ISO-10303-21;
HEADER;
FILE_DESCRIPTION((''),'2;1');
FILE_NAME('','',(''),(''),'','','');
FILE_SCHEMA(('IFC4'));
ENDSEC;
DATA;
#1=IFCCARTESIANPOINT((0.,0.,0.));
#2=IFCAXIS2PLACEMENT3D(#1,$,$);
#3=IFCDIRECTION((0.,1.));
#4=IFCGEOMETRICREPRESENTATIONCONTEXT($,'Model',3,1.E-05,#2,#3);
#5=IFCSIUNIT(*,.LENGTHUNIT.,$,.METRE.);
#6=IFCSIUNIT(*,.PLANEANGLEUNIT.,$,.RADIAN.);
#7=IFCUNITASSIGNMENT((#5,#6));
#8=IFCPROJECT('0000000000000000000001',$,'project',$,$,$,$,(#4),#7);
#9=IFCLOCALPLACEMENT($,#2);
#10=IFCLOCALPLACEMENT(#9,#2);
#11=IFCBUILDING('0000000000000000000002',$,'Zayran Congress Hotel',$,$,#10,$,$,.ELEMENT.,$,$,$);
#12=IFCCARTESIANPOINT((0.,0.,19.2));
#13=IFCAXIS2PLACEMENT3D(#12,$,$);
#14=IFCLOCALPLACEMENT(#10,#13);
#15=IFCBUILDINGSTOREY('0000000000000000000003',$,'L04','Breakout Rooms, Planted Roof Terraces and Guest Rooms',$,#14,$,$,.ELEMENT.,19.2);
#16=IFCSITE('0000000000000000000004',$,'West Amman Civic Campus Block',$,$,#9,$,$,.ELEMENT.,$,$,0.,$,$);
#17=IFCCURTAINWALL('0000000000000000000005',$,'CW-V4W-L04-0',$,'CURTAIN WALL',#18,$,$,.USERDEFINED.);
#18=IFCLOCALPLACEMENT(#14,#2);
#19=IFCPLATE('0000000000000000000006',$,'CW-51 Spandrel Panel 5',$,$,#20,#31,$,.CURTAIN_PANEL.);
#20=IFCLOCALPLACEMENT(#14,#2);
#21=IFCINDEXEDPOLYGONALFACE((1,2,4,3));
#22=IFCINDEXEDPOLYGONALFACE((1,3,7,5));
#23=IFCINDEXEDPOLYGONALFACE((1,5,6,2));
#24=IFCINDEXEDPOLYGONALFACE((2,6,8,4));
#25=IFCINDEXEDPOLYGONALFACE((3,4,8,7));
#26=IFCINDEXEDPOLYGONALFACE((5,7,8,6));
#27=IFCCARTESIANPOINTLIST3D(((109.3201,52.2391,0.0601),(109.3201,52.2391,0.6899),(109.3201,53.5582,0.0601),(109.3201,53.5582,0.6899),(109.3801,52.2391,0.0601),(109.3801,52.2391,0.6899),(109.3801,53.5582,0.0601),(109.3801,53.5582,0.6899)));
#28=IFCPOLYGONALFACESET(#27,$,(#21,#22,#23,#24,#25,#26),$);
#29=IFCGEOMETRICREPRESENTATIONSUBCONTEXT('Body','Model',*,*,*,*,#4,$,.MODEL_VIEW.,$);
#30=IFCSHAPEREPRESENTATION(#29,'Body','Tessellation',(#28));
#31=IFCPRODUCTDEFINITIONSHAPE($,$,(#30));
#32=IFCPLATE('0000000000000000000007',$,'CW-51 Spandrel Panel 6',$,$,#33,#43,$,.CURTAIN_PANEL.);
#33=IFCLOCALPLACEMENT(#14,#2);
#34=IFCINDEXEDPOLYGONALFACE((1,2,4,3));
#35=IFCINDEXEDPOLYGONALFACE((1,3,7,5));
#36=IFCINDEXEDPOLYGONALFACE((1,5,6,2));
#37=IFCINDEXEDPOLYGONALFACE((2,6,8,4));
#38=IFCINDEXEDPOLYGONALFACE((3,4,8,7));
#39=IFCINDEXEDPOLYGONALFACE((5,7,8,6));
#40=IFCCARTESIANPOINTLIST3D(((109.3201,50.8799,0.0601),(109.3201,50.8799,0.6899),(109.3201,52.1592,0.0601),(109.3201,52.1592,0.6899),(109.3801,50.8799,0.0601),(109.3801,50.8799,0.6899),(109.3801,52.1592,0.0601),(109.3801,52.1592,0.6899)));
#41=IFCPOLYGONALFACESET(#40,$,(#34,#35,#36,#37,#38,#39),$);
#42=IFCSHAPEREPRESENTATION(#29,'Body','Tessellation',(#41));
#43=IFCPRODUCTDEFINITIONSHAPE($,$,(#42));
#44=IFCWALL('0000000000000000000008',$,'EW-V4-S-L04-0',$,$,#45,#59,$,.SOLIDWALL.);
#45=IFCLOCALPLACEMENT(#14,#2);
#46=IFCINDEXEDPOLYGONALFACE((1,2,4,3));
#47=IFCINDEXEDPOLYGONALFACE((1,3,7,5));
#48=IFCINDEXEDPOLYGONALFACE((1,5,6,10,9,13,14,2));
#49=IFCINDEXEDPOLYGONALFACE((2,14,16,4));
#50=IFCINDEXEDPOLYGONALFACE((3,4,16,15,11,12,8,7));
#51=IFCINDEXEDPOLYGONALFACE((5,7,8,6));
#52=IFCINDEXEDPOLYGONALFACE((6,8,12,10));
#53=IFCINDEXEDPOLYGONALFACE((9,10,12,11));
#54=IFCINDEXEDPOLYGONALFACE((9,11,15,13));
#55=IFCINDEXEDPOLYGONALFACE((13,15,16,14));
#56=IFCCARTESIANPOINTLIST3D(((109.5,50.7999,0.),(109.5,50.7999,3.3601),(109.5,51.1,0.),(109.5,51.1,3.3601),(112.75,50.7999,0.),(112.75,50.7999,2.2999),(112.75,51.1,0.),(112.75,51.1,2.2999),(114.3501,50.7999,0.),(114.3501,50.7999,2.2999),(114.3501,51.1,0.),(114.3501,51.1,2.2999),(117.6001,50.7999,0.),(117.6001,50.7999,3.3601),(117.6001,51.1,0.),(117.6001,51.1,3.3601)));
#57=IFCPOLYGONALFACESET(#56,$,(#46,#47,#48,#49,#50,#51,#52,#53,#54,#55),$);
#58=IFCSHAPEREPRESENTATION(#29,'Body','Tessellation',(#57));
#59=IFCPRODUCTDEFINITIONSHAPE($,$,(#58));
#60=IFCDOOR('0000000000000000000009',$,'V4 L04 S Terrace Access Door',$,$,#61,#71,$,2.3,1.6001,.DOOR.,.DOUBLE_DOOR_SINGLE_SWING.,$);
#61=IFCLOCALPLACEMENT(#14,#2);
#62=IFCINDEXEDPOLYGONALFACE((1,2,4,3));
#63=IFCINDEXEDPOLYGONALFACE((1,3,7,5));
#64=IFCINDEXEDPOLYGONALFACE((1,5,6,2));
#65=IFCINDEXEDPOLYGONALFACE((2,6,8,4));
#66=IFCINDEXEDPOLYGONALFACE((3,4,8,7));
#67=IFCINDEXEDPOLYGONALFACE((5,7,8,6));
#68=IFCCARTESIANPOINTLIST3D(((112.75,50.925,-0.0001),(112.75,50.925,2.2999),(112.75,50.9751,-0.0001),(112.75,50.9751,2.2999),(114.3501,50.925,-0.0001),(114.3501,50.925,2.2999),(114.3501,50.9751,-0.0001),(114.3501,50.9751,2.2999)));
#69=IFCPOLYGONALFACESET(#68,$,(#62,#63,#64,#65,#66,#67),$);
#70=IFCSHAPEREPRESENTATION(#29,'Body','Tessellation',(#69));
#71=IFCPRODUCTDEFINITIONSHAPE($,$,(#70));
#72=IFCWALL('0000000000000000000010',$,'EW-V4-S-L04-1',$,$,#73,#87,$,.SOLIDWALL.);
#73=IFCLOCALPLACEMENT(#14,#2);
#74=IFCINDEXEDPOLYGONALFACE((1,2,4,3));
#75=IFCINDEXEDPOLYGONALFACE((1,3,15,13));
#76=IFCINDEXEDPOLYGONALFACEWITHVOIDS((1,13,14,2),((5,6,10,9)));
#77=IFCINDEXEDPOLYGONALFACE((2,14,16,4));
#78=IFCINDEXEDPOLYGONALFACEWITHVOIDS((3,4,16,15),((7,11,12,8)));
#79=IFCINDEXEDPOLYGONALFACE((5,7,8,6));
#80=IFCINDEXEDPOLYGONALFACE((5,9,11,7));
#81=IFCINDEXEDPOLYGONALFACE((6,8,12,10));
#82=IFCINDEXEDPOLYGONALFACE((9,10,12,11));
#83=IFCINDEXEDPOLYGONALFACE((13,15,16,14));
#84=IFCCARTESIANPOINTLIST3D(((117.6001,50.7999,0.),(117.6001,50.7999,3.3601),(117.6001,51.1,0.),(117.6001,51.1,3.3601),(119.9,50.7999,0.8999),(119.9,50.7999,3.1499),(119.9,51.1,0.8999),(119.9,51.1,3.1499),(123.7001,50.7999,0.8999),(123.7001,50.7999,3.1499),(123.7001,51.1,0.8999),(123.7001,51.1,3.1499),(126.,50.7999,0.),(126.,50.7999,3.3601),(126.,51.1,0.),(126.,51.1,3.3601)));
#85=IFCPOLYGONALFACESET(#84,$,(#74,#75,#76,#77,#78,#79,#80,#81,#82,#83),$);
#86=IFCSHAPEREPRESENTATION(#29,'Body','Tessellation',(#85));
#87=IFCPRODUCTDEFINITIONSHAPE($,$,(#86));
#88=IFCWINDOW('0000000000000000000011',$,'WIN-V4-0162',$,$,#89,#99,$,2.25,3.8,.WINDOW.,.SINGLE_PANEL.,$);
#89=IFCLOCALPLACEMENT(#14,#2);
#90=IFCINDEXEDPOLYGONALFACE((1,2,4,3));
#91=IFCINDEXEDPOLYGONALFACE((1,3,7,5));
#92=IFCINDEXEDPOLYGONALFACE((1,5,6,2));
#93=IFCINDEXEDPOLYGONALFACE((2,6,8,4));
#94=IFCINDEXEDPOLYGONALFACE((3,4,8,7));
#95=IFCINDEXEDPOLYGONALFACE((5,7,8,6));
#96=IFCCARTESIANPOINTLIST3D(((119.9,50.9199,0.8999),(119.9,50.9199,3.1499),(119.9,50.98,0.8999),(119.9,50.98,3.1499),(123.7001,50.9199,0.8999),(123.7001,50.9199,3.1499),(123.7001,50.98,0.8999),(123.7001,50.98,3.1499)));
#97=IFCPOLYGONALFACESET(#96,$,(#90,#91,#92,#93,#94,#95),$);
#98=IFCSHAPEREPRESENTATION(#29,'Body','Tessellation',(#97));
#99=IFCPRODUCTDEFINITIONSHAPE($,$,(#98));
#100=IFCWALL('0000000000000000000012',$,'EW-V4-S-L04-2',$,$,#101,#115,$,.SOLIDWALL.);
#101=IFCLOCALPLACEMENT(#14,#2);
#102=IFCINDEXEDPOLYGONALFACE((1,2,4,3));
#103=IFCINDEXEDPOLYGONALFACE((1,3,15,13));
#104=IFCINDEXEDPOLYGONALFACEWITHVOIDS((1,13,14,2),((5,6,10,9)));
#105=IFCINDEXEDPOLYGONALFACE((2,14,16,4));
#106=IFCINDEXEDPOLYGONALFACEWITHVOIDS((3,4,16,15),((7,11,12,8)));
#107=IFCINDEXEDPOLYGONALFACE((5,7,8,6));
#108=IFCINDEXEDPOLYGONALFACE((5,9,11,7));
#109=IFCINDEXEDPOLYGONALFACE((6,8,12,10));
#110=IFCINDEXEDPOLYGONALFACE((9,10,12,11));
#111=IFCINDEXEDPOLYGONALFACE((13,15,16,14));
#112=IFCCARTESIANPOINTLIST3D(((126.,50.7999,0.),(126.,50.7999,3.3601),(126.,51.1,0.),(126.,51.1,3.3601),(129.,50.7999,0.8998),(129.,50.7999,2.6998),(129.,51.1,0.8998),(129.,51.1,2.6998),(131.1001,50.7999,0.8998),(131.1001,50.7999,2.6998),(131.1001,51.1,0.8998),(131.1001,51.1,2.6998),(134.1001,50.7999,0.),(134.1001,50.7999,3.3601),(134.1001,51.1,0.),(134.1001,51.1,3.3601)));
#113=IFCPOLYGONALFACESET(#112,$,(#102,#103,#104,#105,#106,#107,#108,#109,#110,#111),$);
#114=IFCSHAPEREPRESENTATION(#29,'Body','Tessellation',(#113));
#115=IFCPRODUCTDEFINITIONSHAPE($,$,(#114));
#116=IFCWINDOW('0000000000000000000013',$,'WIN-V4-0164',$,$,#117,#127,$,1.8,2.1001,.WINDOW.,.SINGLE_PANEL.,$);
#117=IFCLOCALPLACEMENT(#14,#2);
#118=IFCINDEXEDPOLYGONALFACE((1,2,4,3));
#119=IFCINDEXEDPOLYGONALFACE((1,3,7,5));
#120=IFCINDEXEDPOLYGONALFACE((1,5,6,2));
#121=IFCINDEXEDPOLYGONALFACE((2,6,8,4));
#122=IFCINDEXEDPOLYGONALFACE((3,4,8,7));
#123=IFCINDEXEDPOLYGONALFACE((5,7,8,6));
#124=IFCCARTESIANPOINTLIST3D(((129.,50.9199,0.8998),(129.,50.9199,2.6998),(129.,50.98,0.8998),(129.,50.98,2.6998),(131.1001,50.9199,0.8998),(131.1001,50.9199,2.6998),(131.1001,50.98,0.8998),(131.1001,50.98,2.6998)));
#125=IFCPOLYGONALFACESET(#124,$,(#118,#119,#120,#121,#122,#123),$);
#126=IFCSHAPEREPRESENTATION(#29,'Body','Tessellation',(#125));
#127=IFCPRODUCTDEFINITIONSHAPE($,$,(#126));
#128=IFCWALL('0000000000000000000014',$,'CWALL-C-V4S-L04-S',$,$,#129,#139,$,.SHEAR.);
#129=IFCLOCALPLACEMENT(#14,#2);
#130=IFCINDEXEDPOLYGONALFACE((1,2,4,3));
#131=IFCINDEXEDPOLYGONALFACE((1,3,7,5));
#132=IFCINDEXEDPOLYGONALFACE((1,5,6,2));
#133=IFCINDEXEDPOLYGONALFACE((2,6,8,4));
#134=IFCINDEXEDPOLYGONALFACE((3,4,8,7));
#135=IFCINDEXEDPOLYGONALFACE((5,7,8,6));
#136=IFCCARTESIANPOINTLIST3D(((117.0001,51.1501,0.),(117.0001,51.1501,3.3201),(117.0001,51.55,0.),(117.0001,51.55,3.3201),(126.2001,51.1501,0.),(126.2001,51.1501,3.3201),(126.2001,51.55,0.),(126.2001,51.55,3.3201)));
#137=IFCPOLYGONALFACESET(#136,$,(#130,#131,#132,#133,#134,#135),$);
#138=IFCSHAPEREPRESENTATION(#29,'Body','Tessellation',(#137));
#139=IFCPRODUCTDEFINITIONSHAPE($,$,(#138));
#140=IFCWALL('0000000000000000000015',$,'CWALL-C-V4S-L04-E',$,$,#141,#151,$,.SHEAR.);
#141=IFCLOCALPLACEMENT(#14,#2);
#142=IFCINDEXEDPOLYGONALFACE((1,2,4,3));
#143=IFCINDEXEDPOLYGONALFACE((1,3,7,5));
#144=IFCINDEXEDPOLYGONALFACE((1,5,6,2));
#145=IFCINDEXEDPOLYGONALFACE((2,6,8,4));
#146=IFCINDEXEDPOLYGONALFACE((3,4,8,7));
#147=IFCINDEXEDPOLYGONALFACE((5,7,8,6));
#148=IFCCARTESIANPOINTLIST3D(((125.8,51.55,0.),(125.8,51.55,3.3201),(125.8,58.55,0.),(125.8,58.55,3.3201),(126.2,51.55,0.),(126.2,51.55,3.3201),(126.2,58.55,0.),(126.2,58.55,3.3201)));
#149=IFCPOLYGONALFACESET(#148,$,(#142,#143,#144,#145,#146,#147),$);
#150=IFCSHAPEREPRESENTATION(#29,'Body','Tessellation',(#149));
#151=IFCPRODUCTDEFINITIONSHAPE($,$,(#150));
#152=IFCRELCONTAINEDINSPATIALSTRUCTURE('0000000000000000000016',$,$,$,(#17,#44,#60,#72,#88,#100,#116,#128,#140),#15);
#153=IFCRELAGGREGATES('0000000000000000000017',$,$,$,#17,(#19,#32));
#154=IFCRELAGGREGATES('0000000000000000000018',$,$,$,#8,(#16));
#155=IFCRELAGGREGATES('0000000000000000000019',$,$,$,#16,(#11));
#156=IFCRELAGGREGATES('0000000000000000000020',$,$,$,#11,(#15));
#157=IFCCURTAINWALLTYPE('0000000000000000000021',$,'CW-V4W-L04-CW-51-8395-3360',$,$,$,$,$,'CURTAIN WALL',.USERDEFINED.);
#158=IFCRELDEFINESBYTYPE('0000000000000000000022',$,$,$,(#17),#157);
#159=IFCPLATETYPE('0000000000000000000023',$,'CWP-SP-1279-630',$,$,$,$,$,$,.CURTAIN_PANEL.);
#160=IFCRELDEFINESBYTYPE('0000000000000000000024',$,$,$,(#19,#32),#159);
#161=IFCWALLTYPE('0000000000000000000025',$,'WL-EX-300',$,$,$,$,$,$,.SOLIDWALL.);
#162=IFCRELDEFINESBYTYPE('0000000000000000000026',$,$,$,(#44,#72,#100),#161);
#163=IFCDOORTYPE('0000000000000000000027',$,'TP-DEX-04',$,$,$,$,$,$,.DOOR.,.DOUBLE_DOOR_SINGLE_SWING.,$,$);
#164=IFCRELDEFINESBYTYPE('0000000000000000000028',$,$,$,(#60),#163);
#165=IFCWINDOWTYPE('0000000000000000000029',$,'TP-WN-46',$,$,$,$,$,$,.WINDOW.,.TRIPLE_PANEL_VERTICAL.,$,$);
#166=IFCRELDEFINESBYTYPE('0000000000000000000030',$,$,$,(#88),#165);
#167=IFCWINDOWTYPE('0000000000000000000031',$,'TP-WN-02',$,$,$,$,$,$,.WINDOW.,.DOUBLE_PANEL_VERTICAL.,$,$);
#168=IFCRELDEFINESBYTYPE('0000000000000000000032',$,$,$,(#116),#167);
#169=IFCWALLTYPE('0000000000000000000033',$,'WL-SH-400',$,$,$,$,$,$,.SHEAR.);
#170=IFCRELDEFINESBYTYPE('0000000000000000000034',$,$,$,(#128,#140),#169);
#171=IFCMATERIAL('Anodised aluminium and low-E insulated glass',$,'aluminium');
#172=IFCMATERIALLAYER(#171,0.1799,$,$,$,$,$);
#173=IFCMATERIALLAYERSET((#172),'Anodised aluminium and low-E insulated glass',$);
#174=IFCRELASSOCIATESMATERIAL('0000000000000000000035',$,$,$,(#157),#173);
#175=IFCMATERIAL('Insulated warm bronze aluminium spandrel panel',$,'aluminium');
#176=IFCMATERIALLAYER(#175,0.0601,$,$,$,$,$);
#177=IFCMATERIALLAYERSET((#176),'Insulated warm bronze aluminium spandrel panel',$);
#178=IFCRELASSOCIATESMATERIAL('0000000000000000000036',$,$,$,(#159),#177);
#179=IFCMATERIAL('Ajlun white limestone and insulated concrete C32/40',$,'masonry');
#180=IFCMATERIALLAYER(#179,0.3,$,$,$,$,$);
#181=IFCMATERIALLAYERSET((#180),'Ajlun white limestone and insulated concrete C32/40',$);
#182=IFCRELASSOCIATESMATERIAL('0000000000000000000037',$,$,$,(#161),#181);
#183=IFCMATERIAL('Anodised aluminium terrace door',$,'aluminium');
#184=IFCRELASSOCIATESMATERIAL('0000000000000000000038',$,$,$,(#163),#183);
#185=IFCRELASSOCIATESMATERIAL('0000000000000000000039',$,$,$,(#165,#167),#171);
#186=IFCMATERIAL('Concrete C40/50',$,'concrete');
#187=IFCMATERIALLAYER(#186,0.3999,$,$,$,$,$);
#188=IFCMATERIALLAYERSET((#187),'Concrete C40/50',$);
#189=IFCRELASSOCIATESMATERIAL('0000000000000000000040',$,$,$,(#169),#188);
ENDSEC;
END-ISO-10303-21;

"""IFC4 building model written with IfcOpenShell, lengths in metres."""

from ifc_helpers import new_model, si_unit, direction, frame, frame_2d, origin, origin_2d, place, context, subcontext, project, spatial, rectangle, extrude, material, layer, layer_set, type_object, element, fill, aggregate, save


model = new_model("IFC4")

# Units and contexts
model_context = context("Model", 3, precision=1e-05, world=origin(), true_north=direction((0.0, 1.0)))
body_context = subcontext(model_context, "Body", "Model", "MODEL_VIEW")
ifc_project = project(units=[si_unit("LENGTHUNIT", "METRE"), si_unit("PLANEANGLEUNIT", "RADIAN")], contexts=[model_context])

# Site, building, storey
site_placement = place(None, origin())
site = spatial("IfcSite", under=ifc_project, at=site_placement, Name="West Amman Civic Campus Block", CompositionType="ELEMENT", RefElevation=0.0)
building_placement = place(site_placement, origin())
building = spatial("IfcBuilding", under=site, at=building_placement, Name="Zayran Congress Hotel", CompositionType="ELEMENT")
storey_placement = place(building_placement, frame((0.0, 0.0, 19.2)))
storey = spatial("IfcBuildingStorey", under=building, at=storey_placement, Name="L04", Description="Breakout Rooms, Planted Roof Terraces and Guest Rooms", CompositionType="ELEMENT", Elevation=19.2)

# Curtain wall, plates
ifc_material_1 = material(Name="Anodised aluminium and low-E insulated glass", Category="aluminium")
ifc_layer_1 = layer(ifc_material_1, 0.1799)
ifc_layer_set_1 = layer_set([ifc_layer_1], Name="Anodised aluminium and low-E insulated glass")
curtain_wall_type = type_object("IfcCurtainWallType", Name="CW-V4W-L04-CW-51-8395-3360", ElementType="CURTAIN WALL", PredefinedType="USERDEFINED", material=ifc_layer_set_1)
curtain_wall_placement = place(storey_placement, origin())
curtain_wall = element("IfcCurtainWall", 1, at=curtain_wall_placement, inside=storey, type_object=curtain_wall_type, Name="CW-V4W-L04-0", ObjectType="CURTAIN WALL", PredefinedType="USERDEFINED")
ifc_material_2 = material(Name="Insulated warm bronze aluminium spandrel panel", Category="aluminium")
ifc_layer_2 = layer(ifc_material_2, 0.0601)
ifc_layer_set_2 = layer_set([ifc_layer_2], Name="Insulated warm bronze aluminium spandrel panel")
plate_type_1 = type_object("IfcPlateType", Name="CWP-SP-1279-630", PredefinedType="CURTAIN_PANEL", material=ifc_layer_set_2)
plate_1_placement = place(storey_placement, frame((109.3501, 52.8987, 0.0601), z_axis=(0.0, 0.0, 1.0), x_axis=(0.0, 1.0, 0.0)))
plate_1 = element("IfcPlate", 2, at=plate_1_placement, type_object=plate_type_1, Name="CW-51 Spandrel Panel 5", PredefinedType="CURTAIN_PANEL", context=body_context, shape_type="SweptSolid", body=[
    extrude(rectangle(XDim=1.3191, YDim=0.0601, at=origin_2d()), origin(), (0.0, 0.0, 1.0), 0.6299),
])
plate_2_placement = place(storey_placement, frame((109.3501, 51.5195, 0.0601), z_axis=(0.0, 0.0, 1.0), x_axis=(0.0, 1.0, 0.0)))
plate_2 = element("IfcPlate", 3, at=plate_2_placement, type_object=plate_type_1, Name="CW-51 Spandrel Panel 6", PredefinedType="CURTAIN_PANEL", context=body_context, shape_type="SweptSolid", body=[
    extrude(rectangle(XDim=1.2793, YDim=0.0601, at=origin_2d()), origin(), (0.0, 0.0, 1.0), 0.6299),
])
aggregate(curtain_wall, [plate_1, plate_2])

# Wall, opening, door
ifc_material_3 = material(Name="Ajlun white limestone and insulated concrete C32/40", Category="masonry")
ifc_layer_3 = layer(ifc_material_3, 0.3)
ifc_layer_set_3 = layer_set([ifc_layer_3], Name="Ajlun white limestone and insulated concrete C32/40")
wall_type_1 = type_object("IfcWallType", Name="WL-EX-300", PredefinedType="SOLIDWALL", material=ifc_layer_set_3)
wall_1_placement = place(storey_placement, frame((117.6001, 50.95, 0.0), z_axis=(0.0, 0.0, 1.0), x_axis=(-1.0, 0.0, 0.0)))
wall_1 = element("IfcWall", 4, at=wall_1_placement, inside=storey, type_object=wall_type_1, Name="EW-V4-S-L04-0", PredefinedType="SOLIDWALL", context=body_context, shape_type="SweptSolid", body=[
    extrude(rectangle(XDim=8.1001, YDim=0.3, at=frame_2d((4.05, 0.0))), origin(), (0.0, 0.0, 1.0), 3.3601),
])
opening_1_placement = place(wall_1_placement, frame((3.25, 0.0, 0.0)))
opening_1 = element("IfcOpeningElement", 5, at=opening_1_placement, cuts=wall_1, PredefinedType="OPENING", context=body_context, shape_type="SweptSolid", body=[
    extrude(rectangle(XDim=1.6001, YDim=2.3, at=frame_2d((0.8, 1.1499))), frame((0.0, 0.1599, 0.0), z_axis=(0.0, -1.0, 0.0), x_axis=(1.0, 0.0, 0.0)), (0.0, 0.0, 1.0), 0.3201),
])
ifc_material_4 = material(Name="Anodised aluminium terrace door", Category="aluminium")
door_type_1 = type_object("IfcDoorType", Name="TP-DEX-04", OperationType="DOUBLE_DOOR_SINGLE_SWING", PredefinedType="DOOR", material=ifc_material_4)
door_1_placement = place(opening_1_placement, origin())
door_1 = element("IfcDoor", 6, at=door_1_placement, inside=storey, type_object=door_type_1, Name="V4 L04 S Terrace Access Door", OperationType="DOUBLE_DOOR_SINGLE_SWING", OverallHeight=2.3, OverallWidth=1.6001, PredefinedType="DOOR", context=body_context, shape_type="SweptSolid", body=[
    extrude(rectangle(XDim=1.6001, YDim=2.3, at=frame_2d((0.8, 1.1499))), frame((0.0, 0.0249, 0.0), z_axis=(0.0, -1.0, 0.0), x_axis=(1.0, 0.0, 0.0)), (0.0, 0.0, 1.0), 0.05),
])
fill(opening_1, door_1)

# Walls, openings, windows
wall_2_placement = place(storey_placement, frame((126.0, 50.95, 0.0), z_axis=(0.0, 0.0, 1.0), x_axis=(-1.0, 0.0, 0.0)))
wall_2 = element("IfcWall", 7, at=wall_2_placement, inside=storey, type_object=wall_type_1, Name="EW-V4-S-L04-1", PredefinedType="SOLIDWALL", context=body_context, shape_type="SweptSolid", body=[
    extrude(rectangle(XDim=8.3999, YDim=0.3, at=frame_2d((4.2, 0.0))), origin(), (0.0, 0.0, 1.0), 3.3601),
])
opening_2_placement = place(wall_2_placement, frame((2.3, 0.0, 0.8999)))
opening_2 = element("IfcOpeningElement", 8, at=opening_2_placement, cuts=wall_2, PredefinedType="OPENING", context=body_context, shape_type="SweptSolid", body=[
    extrude(rectangle(XDim=3.8, YDim=2.25, at=frame_2d((1.8999, 1.125))), frame((0.0, 0.1599, 0.0), z_axis=(0.0, -1.0, 0.0), x_axis=(1.0, 0.0, 0.0)), (0.0, 0.0, 1.0), 0.3201),
])
window_type_1 = type_object("IfcWindowType", Name="TP-WN-46", PartitioningType="TRIPLE_PANEL_VERTICAL", PredefinedType="WINDOW", material=ifc_material_1)
window_1_placement = place(opening_2_placement, origin())
window_1 = element("IfcWindow", 9, at=window_1_placement, inside=storey, type_object=window_type_1, Name="WIN-V4-0162", OverallHeight=2.25, OverallWidth=3.8, PartitioningType="SINGLE_PANEL", PredefinedType="WINDOW", context=body_context, shape_type="SweptSolid", body=[
    extrude(rectangle(XDim=3.8, YDim=2.25, at=frame_2d((1.8999, 1.125))), frame((0.0, 0.03, 0.0), z_axis=(0.0, -1.0, 0.0), x_axis=(1.0, 0.0, 0.0)), (0.0, 0.0, 1.0), 0.0601),
])
fill(opening_2, window_1)
wall_3_placement = place(storey_placement, frame((134.1001, 50.95, 0.0), z_axis=(0.0, 0.0, 1.0), x_axis=(-1.0, 0.0, 0.0)))
wall_3 = element("IfcWall", 10, at=wall_3_placement, inside=storey, type_object=wall_type_1, Name="EW-V4-S-L04-2", PredefinedType="SOLIDWALL", context=body_context, shape_type="SweptSolid", body=[
    extrude(rectangle(XDim=8.1001, YDim=0.3, at=frame_2d((4.05, 0.0))), origin(), (0.0, 0.0, 1.0), 3.3601),
])
opening_3_placement = place(wall_3_placement, frame((3.0, 0.0, 0.8999)))
opening_3 = element("IfcOpeningElement", 11, at=opening_3_placement, cuts=wall_3, PredefinedType="OPENING", context=body_context, shape_type="SweptSolid", body=[
    extrude(rectangle(XDim=2.1001, YDim=1.8, at=frame_2d((1.05, 0.8999))), frame((0.0, 0.1599, 0.0), z_axis=(0.0, -1.0, 0.0), x_axis=(1.0, 0.0, 0.0)), (0.0, 0.0, 1.0), 0.3201),
])
window_type_2 = type_object("IfcWindowType", Name="TP-WN-02", PartitioningType="DOUBLE_PANEL_VERTICAL", PredefinedType="WINDOW", material=ifc_material_1)
window_2_placement = place(opening_3_placement, origin())
window_2 = element("IfcWindow", 12, at=window_2_placement, inside=storey, type_object=window_type_2, Name="WIN-V4-0164", OverallHeight=1.8, OverallWidth=2.1001, PartitioningType="SINGLE_PANEL", PredefinedType="WINDOW", context=body_context, shape_type="SweptSolid", body=[
    extrude(rectangle(XDim=2.1001, YDim=1.8, at=frame_2d((1.05, 0.8999))), frame((0.0, 0.03, 0.0), z_axis=(0.0, -1.0, 0.0), x_axis=(1.0, 0.0, 0.0)), (0.0, 0.0, 1.0), 0.0601),
])
fill(opening_3, window_2)

# Walls
ifc_material_5 = material(Name="Concrete C40/50", Category="concrete")
ifc_layer_4 = layer(ifc_material_5, 0.3999)
ifc_layer_set_4 = layer_set([ifc_layer_4], Name="Concrete C40/50")
wall_type_2 = type_object("IfcWallType", Name="WL-SH-400", PredefinedType="SHEAR", material=ifc_layer_set_4)
wall_4_placement = place(storey_placement, frame((117.0, 51.3501, 0.0), z_axis=(0.0, 0.0, 1.0), x_axis=(1.0, 0.0, 0.0)))
element("IfcWall", 13, at=wall_4_placement, inside=storey, type_object=wall_type_2, Name="CWALL-C-V4S-L04-S", PredefinedType="SHEAR", context=body_context, shape_type="SweptSolid", body=[
    extrude(rectangle(XDim=9.2, YDim=0.3999, at=frame_2d((4.6001, 0.0))), origin(), (0.0, 0.0, 1.0), 3.3201),
])
wall_5_placement = place(storey_placement, frame((126.0, 51.55, 0.0), z_axis=(0.0, 0.0, 1.0), x_axis=(0.0, 1.0, 0.0)))
element("IfcWall", 14, at=wall_5_placement, inside=storey, type_object=wall_type_2, Name="CWALL-C-V4S-L04-E", PredefinedType="SHEAR", context=body_context, shape_type="SweptSolid", body=[
    extrude(rectangle(XDim=7.0, YDim=0.3999, at=frame_2d((3.5, 0.0))), origin(), (0.0, 0.0, 1.0), 3.3201),
])

save(model, "model.ifc")
